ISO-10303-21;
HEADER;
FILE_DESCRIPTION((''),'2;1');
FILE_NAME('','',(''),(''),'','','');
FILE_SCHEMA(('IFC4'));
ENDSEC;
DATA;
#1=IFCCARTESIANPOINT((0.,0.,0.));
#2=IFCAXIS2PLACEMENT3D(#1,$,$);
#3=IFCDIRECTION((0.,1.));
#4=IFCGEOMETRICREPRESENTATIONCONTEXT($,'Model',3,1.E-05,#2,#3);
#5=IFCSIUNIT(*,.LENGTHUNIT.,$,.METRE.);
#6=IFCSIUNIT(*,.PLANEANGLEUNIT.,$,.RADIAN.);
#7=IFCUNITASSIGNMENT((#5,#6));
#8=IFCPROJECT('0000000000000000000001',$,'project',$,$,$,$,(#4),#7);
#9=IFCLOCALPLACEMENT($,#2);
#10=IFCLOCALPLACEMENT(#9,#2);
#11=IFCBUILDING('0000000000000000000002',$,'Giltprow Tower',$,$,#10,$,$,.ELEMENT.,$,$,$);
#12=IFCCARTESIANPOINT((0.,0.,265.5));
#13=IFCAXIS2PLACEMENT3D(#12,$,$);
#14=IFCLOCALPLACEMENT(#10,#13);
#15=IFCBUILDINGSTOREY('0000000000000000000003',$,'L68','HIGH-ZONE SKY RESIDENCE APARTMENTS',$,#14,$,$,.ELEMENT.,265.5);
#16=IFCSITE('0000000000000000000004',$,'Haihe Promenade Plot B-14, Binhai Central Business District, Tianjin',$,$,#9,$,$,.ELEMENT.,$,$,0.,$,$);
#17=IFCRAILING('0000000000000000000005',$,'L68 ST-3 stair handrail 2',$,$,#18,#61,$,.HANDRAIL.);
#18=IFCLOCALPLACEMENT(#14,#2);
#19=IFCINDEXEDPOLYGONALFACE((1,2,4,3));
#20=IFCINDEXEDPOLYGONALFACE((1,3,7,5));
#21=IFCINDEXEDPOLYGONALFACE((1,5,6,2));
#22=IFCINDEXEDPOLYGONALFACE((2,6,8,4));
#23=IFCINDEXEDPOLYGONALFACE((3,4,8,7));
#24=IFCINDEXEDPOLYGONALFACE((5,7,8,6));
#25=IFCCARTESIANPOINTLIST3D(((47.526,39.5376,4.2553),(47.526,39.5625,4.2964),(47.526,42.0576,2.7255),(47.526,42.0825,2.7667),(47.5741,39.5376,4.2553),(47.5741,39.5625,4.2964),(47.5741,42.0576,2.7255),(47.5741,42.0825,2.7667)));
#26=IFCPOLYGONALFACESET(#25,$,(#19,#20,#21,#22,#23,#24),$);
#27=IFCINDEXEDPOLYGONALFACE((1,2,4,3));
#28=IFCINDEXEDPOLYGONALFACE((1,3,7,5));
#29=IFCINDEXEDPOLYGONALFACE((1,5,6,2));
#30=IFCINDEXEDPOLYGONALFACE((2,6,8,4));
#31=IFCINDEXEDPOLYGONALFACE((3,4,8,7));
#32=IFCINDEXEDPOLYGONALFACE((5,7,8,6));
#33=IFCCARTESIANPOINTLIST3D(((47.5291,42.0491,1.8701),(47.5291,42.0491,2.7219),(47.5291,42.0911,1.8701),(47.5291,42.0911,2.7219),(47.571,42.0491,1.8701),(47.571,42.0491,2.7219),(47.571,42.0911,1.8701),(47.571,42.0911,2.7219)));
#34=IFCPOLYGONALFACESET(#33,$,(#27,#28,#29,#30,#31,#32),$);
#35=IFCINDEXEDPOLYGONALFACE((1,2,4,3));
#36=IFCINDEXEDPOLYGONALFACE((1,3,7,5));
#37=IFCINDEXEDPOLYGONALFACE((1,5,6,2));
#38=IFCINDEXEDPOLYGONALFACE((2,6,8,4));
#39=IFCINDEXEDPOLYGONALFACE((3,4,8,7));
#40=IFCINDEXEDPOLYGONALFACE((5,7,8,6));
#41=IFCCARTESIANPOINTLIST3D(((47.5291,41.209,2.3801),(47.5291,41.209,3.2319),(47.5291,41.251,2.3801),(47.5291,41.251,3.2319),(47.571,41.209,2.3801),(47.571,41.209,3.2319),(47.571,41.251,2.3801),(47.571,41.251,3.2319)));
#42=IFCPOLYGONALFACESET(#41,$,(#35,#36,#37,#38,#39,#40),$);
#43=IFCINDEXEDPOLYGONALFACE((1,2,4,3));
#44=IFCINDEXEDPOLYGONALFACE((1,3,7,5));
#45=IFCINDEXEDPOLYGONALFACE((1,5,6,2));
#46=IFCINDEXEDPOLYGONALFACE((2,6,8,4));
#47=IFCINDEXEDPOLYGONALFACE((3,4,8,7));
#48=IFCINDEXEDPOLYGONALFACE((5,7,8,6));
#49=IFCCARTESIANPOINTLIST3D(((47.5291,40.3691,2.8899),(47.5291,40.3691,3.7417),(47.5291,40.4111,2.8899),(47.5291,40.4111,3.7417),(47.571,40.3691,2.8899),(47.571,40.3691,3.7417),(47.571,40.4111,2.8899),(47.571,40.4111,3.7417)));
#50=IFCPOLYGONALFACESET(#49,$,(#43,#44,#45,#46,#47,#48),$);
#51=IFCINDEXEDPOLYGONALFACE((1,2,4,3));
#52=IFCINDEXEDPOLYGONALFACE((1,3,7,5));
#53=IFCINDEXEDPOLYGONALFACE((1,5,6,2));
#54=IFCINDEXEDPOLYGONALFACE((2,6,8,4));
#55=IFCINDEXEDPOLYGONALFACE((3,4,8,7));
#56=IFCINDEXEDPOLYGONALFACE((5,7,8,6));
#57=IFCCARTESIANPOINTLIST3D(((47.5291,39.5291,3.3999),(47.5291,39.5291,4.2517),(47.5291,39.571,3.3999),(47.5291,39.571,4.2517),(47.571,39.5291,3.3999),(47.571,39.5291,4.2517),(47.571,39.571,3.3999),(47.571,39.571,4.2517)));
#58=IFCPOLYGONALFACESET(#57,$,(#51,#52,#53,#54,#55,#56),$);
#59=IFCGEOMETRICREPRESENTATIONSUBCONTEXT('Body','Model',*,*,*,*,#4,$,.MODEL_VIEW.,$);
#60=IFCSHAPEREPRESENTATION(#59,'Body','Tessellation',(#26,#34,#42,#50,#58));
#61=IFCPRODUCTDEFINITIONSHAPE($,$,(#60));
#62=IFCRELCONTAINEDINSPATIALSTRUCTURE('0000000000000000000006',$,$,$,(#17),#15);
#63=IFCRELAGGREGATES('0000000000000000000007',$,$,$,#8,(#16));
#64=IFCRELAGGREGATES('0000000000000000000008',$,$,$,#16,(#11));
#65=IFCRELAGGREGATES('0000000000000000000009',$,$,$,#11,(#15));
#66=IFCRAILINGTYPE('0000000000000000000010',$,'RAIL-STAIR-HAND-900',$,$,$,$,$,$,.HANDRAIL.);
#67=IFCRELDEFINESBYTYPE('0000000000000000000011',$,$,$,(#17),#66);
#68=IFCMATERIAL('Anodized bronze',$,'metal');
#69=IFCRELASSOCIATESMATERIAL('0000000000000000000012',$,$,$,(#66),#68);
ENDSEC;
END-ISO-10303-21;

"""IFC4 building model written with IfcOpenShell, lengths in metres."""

from ifc_helpers import new_model, si_unit, direction, frame, origin, origin_2d, place, context, subcontext, project, spatial, rectangle, extrude, material, type_object, element, save


model = new_model("IFC4")

# Units and contexts
model_context = context("Model", 3, precision=1e-05, world=origin(), true_north=direction((0.0, 1.0)))
body_context = subcontext(model_context, "Body", "Model", "MODEL_VIEW")
ifc_project = project(units=[si_unit("LENGTHUNIT", "METRE"), si_unit("PLANEANGLEUNIT", "RADIAN")], contexts=[model_context])

# Site, building, storey
site_placement = place(None, origin())
site = spatial("IfcSite", under=ifc_project, at=site_placement, Name="Haihe Promenade Plot B-14, Binhai Central Business District, Tianjin", CompositionType="ELEMENT", RefElevation=0.0)
building_placement = place(site_placement, origin())
building = spatial("IfcBuilding", under=site, at=building_placement, Name="Giltprow Tower", CompositionType="ELEMENT")
storey_placement = place(building_placement, frame((0.0, 0.0, 265.5)))
storey = spatial("IfcBuildingStorey", under=building, at=storey_placement, Name="L68", Description="HIGH-ZONE SKY RESIDENCE APARTMENTS", CompositionType="ELEMENT", Elevation=265.5)

# Railing
ifc_material_1 = material(Name="Anodized bronze", Category="metal")
railing_type = type_object("IfcRailingType", Name="RAIL-STAIR-HAND-900", PredefinedType="HANDRAIL", material=ifc_material_1)
railing_placement = place(storey_placement, frame((47.55, 42.0701, 1.8701)))
element("IfcRailing", 1, at=railing_placement, inside=storey, type_object=railing_type, Name="L68 ST-3 stair handrail 2", PredefinedType="HANDRAIL", context=body_context, shape_type="SweptSolid", body=[
    extrude(rectangle(XDim=0.0481, YDim=0.0481, at=origin_2d()), frame((0.0, 0.0, 0.876), z_axis=(0.0, -0.854822, 0.518922), x_axis=(1.0, 0.0, 0.0)), (0.0, 0.0, 1.0), 2.948),
    extrude(rectangle(XDim=0.042, YDim=0.042, at=origin_2d()), origin(), (0.0, 0.0, 1.0), 0.8518),
    extrude(rectangle(XDim=0.042, YDim=0.042, at=origin_2d()), frame((0.0, -0.8401, 0.51)), (0.0, 0.0, 1.0), 0.8518),
    extrude(rectangle(XDim=0.042, YDim=0.042, at=origin_2d()), frame((0.0, -1.6799, 1.0198)), (0.0, 0.0, 1.0), 0.8518),
    extrude(rectangle(XDim=0.042, YDim=0.042, at=origin_2d()), frame((0.0, -2.52, 1.5298)), (0.0, 0.0, 1.0), 0.8518),
])

save(model, "model.ifc")
